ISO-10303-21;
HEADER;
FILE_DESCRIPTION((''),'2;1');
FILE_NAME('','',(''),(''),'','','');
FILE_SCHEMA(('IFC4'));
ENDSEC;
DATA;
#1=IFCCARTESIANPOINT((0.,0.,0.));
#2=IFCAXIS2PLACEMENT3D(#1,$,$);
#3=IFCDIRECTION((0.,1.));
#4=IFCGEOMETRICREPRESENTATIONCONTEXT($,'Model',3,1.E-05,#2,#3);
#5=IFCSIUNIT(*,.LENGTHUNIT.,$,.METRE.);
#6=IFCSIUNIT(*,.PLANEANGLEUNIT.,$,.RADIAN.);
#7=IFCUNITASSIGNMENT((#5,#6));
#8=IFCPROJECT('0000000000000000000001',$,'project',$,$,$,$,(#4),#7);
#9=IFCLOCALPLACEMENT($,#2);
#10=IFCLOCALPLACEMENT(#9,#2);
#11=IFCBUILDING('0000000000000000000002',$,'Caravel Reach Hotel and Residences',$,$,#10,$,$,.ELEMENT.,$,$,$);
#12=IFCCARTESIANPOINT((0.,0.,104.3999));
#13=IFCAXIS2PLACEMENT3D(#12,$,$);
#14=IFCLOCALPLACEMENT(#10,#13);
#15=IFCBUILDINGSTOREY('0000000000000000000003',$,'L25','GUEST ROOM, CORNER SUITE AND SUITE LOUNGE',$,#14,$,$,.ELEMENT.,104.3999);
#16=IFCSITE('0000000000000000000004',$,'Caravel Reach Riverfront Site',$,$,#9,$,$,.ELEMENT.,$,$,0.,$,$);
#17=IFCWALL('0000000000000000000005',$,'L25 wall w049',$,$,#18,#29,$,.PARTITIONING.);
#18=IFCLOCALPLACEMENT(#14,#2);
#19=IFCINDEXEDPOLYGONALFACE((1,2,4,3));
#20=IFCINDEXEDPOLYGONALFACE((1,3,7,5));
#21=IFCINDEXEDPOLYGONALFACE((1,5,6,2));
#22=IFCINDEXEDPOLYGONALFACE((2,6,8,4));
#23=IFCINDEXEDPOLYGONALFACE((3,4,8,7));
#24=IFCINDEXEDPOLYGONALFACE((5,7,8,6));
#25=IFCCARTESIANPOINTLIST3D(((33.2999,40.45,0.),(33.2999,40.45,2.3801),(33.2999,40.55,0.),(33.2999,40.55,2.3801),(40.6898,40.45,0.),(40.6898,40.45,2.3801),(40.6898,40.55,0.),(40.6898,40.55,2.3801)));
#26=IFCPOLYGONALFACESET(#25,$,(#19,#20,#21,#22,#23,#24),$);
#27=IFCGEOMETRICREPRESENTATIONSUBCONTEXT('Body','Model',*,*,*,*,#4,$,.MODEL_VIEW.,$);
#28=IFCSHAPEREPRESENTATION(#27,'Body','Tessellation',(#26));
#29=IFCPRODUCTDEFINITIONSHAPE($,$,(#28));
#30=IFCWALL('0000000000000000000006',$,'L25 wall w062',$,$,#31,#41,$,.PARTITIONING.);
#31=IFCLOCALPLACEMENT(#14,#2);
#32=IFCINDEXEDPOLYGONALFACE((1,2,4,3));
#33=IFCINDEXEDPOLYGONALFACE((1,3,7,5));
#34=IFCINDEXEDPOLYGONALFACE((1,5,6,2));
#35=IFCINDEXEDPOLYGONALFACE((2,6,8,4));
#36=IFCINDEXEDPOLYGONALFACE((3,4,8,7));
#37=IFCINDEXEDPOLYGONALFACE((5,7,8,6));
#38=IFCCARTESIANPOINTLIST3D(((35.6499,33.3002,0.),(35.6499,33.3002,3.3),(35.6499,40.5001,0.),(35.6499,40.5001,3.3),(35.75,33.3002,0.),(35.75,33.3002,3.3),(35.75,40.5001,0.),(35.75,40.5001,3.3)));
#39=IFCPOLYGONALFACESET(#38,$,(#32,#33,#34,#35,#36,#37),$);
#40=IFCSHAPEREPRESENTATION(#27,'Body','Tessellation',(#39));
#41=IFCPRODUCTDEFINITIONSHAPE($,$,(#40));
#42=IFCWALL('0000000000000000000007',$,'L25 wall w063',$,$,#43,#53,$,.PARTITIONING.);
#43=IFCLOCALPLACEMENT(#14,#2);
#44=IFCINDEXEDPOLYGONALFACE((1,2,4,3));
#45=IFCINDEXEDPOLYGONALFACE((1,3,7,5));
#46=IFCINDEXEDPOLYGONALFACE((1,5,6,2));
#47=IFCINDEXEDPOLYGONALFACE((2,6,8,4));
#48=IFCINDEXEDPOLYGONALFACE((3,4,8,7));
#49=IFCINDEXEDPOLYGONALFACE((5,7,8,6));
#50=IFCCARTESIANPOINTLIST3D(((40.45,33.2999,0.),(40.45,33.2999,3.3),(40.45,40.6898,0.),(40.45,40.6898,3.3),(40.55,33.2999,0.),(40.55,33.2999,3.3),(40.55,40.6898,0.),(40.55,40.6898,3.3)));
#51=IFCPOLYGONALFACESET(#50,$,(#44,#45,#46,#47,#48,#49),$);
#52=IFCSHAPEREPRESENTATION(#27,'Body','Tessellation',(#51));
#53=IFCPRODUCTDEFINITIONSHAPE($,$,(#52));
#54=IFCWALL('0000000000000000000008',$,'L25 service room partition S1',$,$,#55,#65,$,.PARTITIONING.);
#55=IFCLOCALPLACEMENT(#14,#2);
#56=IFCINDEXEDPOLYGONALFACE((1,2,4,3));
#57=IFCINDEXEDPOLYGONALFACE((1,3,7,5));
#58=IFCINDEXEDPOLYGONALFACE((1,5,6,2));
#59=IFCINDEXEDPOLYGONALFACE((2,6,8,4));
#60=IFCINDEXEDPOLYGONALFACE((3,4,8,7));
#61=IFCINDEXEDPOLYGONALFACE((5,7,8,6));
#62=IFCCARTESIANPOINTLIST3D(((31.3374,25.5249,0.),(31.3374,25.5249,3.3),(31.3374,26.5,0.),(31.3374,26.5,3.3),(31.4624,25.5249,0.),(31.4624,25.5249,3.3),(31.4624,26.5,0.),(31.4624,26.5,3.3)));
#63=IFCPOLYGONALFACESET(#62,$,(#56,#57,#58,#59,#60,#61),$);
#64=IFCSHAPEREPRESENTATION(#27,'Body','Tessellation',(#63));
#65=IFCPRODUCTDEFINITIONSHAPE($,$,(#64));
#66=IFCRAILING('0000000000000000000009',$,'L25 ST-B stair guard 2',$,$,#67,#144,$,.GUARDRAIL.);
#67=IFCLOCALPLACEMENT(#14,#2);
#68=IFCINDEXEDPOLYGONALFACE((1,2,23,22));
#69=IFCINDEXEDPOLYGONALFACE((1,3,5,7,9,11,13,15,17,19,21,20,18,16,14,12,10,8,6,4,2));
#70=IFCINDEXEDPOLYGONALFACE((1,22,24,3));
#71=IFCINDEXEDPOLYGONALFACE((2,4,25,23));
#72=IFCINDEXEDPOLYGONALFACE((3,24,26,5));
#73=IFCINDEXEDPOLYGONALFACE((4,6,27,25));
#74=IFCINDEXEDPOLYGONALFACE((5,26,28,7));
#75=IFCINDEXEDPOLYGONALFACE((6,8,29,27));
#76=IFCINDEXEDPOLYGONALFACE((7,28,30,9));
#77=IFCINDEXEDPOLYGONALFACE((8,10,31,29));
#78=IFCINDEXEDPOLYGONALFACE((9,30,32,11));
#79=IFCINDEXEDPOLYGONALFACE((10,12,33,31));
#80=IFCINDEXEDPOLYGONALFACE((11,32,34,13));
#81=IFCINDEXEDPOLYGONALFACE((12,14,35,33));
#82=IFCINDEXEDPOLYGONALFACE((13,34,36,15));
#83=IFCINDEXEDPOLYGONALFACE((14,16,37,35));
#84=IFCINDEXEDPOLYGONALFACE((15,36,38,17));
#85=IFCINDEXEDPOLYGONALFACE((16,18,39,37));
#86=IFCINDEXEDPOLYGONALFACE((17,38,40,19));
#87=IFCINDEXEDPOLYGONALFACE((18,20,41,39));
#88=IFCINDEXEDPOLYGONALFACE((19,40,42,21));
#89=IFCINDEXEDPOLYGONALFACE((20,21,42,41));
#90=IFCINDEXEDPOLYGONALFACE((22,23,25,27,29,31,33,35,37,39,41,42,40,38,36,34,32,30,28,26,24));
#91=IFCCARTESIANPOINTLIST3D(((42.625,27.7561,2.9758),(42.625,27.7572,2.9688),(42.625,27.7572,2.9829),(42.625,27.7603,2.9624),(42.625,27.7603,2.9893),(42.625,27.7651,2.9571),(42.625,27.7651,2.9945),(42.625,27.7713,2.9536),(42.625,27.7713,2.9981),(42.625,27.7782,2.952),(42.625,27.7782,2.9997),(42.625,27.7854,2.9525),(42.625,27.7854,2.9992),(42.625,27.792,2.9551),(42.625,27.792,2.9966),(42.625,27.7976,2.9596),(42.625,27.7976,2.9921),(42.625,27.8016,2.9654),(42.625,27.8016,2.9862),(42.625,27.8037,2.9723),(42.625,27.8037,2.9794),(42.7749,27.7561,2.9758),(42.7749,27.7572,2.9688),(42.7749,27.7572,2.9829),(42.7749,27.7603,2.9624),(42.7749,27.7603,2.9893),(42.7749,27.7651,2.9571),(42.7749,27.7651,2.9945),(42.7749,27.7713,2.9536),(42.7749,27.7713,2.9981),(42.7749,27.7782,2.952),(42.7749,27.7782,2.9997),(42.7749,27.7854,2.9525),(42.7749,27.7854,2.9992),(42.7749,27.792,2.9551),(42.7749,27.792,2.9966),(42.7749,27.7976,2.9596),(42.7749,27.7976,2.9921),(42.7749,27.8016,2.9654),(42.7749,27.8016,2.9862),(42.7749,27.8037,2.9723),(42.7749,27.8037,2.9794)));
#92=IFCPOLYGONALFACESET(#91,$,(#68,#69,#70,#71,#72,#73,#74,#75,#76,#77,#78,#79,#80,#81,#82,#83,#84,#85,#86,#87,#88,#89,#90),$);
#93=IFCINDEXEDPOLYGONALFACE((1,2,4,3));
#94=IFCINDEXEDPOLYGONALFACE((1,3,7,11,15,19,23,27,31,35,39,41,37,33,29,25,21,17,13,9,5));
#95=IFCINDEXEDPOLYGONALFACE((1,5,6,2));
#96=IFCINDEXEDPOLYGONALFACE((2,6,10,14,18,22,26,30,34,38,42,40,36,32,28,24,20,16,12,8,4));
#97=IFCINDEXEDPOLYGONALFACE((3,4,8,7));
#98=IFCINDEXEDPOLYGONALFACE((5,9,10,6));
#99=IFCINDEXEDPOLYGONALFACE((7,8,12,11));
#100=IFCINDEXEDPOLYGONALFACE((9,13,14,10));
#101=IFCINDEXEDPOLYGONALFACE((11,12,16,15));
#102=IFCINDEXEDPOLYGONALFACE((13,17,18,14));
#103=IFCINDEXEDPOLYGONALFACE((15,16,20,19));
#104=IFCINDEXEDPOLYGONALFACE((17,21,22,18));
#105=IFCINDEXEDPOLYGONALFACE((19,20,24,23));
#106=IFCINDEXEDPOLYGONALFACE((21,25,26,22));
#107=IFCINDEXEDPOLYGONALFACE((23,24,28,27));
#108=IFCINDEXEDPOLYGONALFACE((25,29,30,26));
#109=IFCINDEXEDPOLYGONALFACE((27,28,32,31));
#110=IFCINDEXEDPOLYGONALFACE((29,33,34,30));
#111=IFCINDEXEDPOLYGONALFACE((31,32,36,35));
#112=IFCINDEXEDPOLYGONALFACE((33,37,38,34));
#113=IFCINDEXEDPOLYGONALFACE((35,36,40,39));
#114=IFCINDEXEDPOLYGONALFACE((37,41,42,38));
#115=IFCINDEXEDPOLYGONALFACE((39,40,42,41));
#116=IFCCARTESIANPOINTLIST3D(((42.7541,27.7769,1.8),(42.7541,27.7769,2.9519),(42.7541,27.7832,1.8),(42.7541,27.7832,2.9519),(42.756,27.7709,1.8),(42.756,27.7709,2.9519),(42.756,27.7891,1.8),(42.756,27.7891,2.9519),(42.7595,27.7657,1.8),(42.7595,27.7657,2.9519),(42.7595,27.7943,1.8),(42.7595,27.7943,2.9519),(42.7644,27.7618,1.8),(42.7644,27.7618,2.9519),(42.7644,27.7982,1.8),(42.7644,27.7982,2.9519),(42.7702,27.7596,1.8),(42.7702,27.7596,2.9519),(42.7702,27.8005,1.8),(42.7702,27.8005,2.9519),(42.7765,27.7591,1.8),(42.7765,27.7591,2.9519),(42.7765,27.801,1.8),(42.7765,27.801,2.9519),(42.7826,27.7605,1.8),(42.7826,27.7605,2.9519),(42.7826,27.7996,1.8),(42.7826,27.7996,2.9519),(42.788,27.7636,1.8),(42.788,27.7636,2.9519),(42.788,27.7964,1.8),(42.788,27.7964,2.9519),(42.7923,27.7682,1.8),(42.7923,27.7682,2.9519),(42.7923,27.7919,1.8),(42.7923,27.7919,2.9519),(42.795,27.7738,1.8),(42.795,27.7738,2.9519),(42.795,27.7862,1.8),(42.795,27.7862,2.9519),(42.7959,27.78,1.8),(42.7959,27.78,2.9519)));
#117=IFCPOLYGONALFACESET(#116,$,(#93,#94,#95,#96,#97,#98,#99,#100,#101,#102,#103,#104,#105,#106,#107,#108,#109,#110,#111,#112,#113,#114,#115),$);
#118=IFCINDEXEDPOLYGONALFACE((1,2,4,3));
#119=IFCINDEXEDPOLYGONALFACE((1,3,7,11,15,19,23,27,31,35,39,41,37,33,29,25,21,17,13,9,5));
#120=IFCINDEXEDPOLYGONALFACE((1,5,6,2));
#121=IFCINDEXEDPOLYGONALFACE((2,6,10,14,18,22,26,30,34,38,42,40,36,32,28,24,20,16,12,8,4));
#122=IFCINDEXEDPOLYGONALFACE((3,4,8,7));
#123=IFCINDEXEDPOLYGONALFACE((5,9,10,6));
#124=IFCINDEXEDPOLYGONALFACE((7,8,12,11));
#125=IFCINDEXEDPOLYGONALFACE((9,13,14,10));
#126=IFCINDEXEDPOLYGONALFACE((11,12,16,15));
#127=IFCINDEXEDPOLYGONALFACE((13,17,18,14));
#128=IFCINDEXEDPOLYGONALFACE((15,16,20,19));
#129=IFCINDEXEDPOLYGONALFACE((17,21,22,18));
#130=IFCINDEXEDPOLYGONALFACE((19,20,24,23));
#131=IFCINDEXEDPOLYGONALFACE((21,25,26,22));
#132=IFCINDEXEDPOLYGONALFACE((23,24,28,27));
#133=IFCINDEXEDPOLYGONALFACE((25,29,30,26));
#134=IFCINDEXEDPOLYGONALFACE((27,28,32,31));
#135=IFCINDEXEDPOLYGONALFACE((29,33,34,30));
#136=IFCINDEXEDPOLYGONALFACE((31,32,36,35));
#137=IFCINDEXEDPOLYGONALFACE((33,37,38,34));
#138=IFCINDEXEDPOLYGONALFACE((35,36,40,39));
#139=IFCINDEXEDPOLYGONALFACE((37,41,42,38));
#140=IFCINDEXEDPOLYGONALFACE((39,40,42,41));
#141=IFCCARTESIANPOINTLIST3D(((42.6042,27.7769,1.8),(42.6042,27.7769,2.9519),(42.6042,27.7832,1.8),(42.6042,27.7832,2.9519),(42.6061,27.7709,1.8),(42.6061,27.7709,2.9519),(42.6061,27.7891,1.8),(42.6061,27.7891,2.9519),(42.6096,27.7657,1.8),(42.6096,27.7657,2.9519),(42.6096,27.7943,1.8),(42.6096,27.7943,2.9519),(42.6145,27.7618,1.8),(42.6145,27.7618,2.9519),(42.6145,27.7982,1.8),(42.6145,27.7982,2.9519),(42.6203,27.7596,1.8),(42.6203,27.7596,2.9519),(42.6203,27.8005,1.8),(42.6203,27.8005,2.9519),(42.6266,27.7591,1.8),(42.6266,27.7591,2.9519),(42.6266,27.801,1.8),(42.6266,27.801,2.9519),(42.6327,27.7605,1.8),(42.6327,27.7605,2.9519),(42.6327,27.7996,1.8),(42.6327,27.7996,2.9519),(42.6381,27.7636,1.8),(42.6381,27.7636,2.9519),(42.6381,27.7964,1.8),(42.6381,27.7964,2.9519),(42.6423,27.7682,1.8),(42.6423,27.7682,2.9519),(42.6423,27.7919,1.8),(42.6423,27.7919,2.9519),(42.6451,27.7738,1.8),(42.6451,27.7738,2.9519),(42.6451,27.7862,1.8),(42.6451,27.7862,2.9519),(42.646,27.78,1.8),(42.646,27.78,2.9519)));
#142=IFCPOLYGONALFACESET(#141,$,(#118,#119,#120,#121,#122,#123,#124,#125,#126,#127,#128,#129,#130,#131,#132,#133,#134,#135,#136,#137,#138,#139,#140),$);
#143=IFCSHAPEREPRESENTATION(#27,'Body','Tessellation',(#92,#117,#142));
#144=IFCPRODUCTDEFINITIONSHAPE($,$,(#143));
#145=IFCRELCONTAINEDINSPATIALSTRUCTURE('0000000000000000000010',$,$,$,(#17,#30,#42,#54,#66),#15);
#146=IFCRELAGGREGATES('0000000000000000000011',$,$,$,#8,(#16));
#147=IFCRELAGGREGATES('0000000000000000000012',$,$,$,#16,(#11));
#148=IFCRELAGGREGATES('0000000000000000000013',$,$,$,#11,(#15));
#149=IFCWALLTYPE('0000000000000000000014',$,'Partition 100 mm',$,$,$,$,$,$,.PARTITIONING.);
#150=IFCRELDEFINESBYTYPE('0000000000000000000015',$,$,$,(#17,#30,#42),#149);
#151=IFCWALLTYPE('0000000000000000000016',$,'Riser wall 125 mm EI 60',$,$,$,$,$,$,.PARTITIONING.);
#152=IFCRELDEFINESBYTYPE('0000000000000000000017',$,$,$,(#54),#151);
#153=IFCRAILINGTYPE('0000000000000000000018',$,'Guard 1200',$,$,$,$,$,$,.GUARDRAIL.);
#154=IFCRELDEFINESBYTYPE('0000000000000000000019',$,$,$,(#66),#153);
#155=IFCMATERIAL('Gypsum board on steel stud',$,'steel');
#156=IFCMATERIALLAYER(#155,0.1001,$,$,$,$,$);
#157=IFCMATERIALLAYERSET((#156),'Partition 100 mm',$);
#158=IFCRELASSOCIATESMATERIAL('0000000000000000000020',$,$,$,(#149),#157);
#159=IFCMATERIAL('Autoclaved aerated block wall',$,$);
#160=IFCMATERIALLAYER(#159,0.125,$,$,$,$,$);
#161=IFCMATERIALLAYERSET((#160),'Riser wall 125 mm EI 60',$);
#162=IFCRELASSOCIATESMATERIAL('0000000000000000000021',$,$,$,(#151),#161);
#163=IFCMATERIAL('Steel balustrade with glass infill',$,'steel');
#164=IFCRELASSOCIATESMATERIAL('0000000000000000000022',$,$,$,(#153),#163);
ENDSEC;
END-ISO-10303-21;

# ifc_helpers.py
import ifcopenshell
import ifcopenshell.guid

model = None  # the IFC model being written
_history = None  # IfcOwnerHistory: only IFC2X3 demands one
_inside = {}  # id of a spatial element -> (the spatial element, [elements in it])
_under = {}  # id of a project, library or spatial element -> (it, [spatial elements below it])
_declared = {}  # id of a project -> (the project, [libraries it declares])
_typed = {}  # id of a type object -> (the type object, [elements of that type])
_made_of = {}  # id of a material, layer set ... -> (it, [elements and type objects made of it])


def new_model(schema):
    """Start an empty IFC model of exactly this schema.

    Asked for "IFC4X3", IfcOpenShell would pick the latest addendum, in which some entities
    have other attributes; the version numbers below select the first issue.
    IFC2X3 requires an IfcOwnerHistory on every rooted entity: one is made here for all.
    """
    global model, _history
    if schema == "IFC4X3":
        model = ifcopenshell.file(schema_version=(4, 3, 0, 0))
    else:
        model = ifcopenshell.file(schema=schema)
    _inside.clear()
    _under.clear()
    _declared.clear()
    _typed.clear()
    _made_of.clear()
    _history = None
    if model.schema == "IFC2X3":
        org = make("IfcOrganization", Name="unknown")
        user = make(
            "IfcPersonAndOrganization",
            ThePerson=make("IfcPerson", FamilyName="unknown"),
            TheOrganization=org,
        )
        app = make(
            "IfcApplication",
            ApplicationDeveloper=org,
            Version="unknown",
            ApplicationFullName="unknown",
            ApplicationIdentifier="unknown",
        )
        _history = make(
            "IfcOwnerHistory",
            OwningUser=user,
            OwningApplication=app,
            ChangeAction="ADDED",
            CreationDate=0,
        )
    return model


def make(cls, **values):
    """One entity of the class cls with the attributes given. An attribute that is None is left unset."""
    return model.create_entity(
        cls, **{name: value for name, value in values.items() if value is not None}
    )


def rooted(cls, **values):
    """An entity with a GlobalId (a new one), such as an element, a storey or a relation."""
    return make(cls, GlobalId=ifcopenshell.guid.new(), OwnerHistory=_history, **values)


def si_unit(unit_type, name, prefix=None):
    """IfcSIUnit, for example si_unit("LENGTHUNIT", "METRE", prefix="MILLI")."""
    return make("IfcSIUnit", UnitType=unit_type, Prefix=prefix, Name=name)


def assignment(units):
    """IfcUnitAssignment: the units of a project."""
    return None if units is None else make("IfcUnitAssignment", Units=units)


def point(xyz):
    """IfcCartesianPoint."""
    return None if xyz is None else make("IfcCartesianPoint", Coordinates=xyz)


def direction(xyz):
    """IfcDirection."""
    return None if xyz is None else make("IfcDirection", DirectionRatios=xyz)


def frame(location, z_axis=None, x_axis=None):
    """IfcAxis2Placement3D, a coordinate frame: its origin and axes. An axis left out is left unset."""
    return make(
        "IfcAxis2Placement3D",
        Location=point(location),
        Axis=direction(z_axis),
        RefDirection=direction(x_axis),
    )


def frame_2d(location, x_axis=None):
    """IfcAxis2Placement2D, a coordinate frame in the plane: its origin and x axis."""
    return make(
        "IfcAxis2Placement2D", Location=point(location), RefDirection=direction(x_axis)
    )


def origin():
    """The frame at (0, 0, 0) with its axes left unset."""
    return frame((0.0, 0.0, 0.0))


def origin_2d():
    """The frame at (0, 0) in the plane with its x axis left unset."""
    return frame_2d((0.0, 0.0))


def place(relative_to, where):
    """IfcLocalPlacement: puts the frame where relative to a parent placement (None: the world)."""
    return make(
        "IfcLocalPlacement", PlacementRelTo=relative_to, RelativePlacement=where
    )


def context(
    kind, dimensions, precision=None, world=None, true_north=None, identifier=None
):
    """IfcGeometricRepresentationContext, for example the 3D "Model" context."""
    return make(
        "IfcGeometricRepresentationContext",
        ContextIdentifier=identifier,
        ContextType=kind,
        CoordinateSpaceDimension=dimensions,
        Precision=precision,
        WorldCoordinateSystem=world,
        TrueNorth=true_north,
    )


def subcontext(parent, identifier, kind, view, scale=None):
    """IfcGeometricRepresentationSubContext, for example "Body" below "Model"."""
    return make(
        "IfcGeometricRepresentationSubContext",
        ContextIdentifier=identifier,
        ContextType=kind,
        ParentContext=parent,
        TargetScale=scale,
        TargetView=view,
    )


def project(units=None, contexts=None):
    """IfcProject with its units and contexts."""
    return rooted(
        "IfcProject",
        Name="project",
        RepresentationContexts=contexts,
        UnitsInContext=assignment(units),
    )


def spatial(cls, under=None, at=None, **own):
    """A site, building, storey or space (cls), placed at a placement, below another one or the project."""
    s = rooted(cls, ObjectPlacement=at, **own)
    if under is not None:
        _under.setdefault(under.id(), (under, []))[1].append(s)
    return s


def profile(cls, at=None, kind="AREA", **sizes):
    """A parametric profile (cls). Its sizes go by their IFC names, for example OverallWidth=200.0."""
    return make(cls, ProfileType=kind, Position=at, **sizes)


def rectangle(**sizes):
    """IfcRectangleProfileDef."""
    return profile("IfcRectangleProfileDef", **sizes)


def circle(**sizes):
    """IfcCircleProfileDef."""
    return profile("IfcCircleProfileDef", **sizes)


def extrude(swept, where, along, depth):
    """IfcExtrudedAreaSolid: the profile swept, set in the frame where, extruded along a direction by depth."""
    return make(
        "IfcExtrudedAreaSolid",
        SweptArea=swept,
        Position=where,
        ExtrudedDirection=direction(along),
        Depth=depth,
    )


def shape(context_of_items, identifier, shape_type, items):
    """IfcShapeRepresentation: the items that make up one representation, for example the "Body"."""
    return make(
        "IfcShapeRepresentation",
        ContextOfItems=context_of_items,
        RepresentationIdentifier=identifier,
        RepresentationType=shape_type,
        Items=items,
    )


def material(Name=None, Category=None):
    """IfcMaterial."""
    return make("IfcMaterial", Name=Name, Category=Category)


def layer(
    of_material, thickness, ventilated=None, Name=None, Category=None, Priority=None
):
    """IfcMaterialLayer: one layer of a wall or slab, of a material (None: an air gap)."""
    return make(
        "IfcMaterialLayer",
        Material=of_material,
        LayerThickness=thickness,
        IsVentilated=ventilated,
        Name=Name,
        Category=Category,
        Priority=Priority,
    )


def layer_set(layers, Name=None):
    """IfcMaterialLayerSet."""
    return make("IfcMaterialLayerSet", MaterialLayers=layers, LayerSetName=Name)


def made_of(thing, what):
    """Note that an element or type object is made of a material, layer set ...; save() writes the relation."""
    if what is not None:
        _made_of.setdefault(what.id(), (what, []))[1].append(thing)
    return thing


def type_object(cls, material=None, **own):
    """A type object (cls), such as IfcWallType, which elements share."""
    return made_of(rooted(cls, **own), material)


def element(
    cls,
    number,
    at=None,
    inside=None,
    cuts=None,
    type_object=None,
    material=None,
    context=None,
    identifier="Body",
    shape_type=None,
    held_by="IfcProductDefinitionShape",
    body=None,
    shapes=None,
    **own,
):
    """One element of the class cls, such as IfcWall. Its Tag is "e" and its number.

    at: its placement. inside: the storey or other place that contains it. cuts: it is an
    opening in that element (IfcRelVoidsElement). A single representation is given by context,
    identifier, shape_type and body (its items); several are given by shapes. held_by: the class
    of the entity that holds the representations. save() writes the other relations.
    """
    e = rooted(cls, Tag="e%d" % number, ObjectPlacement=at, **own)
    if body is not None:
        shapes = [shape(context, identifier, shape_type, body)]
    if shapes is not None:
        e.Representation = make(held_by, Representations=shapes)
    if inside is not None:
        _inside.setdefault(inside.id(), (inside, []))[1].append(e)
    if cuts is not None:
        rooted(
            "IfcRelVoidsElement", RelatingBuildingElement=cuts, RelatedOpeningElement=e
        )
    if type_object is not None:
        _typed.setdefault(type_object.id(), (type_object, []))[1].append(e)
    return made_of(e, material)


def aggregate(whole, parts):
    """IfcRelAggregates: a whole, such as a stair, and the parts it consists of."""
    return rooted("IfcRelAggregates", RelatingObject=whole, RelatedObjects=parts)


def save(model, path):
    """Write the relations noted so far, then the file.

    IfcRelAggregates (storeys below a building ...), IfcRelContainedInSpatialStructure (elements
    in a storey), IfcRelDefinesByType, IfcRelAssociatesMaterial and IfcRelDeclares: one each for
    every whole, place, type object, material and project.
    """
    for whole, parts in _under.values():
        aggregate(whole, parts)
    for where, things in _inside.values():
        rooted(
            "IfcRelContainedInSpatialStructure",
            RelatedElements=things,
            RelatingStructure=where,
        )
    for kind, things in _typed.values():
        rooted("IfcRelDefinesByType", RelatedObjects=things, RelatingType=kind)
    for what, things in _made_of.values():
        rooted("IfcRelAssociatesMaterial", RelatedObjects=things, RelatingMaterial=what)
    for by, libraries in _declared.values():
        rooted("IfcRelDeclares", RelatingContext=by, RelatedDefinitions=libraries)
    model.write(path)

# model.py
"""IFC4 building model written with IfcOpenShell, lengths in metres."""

from ifc_helpers import new_model, si_unit, direction, frame, frame_2d, origin, origin_2d, place, context, subcontext, project, spatial, rectangle, circle, extrude, material, layer, layer_set, type_object, element, save


model = new_model("IFC4")

# Units and contexts
model_context = context("Model", 3, precision=1e-05, world=origin(), true_north=direction((0.0, 1.0)))
body_context = subcontext(model_context, "Body", "Model", "MODEL_VIEW")
ifc_project = project(units=[si_unit("LENGTHUNIT", "METRE"), si_unit("PLANEANGLEUNIT", "RADIAN")], contexts=[model_context])

# Site, building, storey
site_placement = place(None, origin())
site = spatial("IfcSite", under=ifc_project, at=site_placement, Name="Caravel Reach Riverfront Site", CompositionType="ELEMENT", RefElevation=0.0)
building_placement = place(site_placement, origin())
building = spatial("IfcBuilding", under=site, at=building_placement, Name="Caravel Reach Hotel and Residences", CompositionType="ELEMENT")
storey_placement = place(building_placement, frame((0.0, 0.0, 104.3999)))
storey = spatial("IfcBuildingStorey", under=building, at=storey_placement, Name="L25", Description="GUEST ROOM, CORNER SUITE AND SUITE LOUNGE", CompositionType="ELEMENT", Elevation=104.3999)

# Walls
ifc_material_1 = material(Name="Gypsum board on steel stud", Category="steel")
ifc_layer_1 = layer(ifc_material_1, 0.1001)
ifc_layer_set_1 = layer_set([ifc_layer_1], Name="Partition 100 mm")
wall_type_1 = type_object("IfcWallType", Name="Partition 100 mm", PredefinedType="PARTITIONING", material=ifc_layer_set_1)
wall_1_placement = place(storey_placement, frame((33.3, 40.5, 0.0), z_axis=(0.0, 0.0, 1.0), x_axis=(1.0, 0.0, 0.0)))
element("IfcWall", 1, at=wall_1_placement, inside=storey, type_object=wall_type_1, Name="L25 wall w049", PredefinedType="PARTITIONING", context=body_context, shape_type="SweptSolid", body=[
    extrude(rectangle(XDim=7.3899, YDim=0.1001, at=frame_2d((3.6948, 0.0))), origin(), (0.0, 0.0, 1.0), 2.3801),
])
wall_2_placement = place(storey_placement, frame((35.7, 33.3, 0.0), z_axis=(0.0, 0.0, 1.0), x_axis=(0.0, 1.0, 0.0)))
element("IfcWall", 2, at=wall_2_placement, inside=storey, type_object=wall_type_1, Name="L25 wall w062", PredefinedType="PARTITIONING", context=body_context, shape_type="SweptSolid", body=[
    extrude(rectangle(XDim=7.2, YDim=0.1001, at=frame_2d((3.6001, 0.0))), origin(), (0.0, 0.0, 1.0), 3.3),
])
wall_3_placement = place(storey_placement, frame((40.5, 33.3, 0.0), z_axis=(0.0, 0.0, 1.0), x_axis=(0.0, 1.0, 0.0)))
element("IfcWall", 3, at=wall_3_placement, inside=storey, type_object=wall_type_1, Name="L25 wall w063", PredefinedType="PARTITIONING", context=body_context, shape_type="SweptSolid", body=[
    extrude(rectangle(XDim=7.3899, YDim=0.1001, at=frame_2d((3.6948, 0.0))), origin(), (0.0, 0.0, 1.0), 3.3),
])
ifc_material_2 = material(Name="Autoclaved aerated block wall")
ifc_layer_2 = layer(ifc_material_2, 0.125)
ifc_layer_set_2 = layer_set([ifc_layer_2], Name="Riser wall 125 mm EI 60")
wall_type_2 = type_object("IfcWallType", Name="Riser wall 125 mm EI 60", PredefinedType="PARTITIONING", material=ifc_layer_set_2)
wall_4_placement = place(storey_placement, frame((31.3999, 25.5249, 0.0), z_axis=(0.0, 0.0, 1.0), x_axis=(0.0, 1.0, 0.0)))
element("IfcWall", 4, at=wall_4_placement, inside=storey, type_object=wall_type_2, Name="L25 service room partition S1", PredefinedType="PARTITIONING", context=body_context, shape_type="SweptSolid", body=[
    extrude(rectangle(XDim=0.9751, YDim=0.125, at=frame_2d((0.4875, 0.0))), origin(), (0.0, 0.0, 1.0), 3.3),
])

# Railing
ifc_material_3 = material(Name="Steel balustrade with glass infill", Category="steel")
railing_type_1 = type_object("IfcRailingType", Name="Guard 1200", PredefinedType="GUARDRAIL", material=ifc_material_3)
railing_1_placement = place(storey_placement, frame((42.7749, 27.78, 1.8)))
element("IfcRailing", 5, at=railing_1_placement, inside=storey, type_object=railing_type_1, Name="L25 ST-B stair guard 2", PredefinedType="GUARDRAIL", context=body_context, shape_type="SweptSolid", body=[
    extrude(circle(Radius=0.0239, at=origin_2d()), frame((0.0, 0.0, 1.1758), z_axis=(-1.0, 0.0, 0.0), x_axis=(0.0, -1.0, 0.0)), (0.0, 0.0, 1.0), 0.1499),
    extrude(circle(Radius=0.021, at=origin_2d()), origin(), (0.0, 0.0, 1.0), 1.1519),
    extrude(circle(Radius=0.021, at=origin_2d()), frame((-0.1499, 0.0, 0.0)), (0.0, 0.0, 1.0), 1.1519),
])

save(model, "model.ifc")
